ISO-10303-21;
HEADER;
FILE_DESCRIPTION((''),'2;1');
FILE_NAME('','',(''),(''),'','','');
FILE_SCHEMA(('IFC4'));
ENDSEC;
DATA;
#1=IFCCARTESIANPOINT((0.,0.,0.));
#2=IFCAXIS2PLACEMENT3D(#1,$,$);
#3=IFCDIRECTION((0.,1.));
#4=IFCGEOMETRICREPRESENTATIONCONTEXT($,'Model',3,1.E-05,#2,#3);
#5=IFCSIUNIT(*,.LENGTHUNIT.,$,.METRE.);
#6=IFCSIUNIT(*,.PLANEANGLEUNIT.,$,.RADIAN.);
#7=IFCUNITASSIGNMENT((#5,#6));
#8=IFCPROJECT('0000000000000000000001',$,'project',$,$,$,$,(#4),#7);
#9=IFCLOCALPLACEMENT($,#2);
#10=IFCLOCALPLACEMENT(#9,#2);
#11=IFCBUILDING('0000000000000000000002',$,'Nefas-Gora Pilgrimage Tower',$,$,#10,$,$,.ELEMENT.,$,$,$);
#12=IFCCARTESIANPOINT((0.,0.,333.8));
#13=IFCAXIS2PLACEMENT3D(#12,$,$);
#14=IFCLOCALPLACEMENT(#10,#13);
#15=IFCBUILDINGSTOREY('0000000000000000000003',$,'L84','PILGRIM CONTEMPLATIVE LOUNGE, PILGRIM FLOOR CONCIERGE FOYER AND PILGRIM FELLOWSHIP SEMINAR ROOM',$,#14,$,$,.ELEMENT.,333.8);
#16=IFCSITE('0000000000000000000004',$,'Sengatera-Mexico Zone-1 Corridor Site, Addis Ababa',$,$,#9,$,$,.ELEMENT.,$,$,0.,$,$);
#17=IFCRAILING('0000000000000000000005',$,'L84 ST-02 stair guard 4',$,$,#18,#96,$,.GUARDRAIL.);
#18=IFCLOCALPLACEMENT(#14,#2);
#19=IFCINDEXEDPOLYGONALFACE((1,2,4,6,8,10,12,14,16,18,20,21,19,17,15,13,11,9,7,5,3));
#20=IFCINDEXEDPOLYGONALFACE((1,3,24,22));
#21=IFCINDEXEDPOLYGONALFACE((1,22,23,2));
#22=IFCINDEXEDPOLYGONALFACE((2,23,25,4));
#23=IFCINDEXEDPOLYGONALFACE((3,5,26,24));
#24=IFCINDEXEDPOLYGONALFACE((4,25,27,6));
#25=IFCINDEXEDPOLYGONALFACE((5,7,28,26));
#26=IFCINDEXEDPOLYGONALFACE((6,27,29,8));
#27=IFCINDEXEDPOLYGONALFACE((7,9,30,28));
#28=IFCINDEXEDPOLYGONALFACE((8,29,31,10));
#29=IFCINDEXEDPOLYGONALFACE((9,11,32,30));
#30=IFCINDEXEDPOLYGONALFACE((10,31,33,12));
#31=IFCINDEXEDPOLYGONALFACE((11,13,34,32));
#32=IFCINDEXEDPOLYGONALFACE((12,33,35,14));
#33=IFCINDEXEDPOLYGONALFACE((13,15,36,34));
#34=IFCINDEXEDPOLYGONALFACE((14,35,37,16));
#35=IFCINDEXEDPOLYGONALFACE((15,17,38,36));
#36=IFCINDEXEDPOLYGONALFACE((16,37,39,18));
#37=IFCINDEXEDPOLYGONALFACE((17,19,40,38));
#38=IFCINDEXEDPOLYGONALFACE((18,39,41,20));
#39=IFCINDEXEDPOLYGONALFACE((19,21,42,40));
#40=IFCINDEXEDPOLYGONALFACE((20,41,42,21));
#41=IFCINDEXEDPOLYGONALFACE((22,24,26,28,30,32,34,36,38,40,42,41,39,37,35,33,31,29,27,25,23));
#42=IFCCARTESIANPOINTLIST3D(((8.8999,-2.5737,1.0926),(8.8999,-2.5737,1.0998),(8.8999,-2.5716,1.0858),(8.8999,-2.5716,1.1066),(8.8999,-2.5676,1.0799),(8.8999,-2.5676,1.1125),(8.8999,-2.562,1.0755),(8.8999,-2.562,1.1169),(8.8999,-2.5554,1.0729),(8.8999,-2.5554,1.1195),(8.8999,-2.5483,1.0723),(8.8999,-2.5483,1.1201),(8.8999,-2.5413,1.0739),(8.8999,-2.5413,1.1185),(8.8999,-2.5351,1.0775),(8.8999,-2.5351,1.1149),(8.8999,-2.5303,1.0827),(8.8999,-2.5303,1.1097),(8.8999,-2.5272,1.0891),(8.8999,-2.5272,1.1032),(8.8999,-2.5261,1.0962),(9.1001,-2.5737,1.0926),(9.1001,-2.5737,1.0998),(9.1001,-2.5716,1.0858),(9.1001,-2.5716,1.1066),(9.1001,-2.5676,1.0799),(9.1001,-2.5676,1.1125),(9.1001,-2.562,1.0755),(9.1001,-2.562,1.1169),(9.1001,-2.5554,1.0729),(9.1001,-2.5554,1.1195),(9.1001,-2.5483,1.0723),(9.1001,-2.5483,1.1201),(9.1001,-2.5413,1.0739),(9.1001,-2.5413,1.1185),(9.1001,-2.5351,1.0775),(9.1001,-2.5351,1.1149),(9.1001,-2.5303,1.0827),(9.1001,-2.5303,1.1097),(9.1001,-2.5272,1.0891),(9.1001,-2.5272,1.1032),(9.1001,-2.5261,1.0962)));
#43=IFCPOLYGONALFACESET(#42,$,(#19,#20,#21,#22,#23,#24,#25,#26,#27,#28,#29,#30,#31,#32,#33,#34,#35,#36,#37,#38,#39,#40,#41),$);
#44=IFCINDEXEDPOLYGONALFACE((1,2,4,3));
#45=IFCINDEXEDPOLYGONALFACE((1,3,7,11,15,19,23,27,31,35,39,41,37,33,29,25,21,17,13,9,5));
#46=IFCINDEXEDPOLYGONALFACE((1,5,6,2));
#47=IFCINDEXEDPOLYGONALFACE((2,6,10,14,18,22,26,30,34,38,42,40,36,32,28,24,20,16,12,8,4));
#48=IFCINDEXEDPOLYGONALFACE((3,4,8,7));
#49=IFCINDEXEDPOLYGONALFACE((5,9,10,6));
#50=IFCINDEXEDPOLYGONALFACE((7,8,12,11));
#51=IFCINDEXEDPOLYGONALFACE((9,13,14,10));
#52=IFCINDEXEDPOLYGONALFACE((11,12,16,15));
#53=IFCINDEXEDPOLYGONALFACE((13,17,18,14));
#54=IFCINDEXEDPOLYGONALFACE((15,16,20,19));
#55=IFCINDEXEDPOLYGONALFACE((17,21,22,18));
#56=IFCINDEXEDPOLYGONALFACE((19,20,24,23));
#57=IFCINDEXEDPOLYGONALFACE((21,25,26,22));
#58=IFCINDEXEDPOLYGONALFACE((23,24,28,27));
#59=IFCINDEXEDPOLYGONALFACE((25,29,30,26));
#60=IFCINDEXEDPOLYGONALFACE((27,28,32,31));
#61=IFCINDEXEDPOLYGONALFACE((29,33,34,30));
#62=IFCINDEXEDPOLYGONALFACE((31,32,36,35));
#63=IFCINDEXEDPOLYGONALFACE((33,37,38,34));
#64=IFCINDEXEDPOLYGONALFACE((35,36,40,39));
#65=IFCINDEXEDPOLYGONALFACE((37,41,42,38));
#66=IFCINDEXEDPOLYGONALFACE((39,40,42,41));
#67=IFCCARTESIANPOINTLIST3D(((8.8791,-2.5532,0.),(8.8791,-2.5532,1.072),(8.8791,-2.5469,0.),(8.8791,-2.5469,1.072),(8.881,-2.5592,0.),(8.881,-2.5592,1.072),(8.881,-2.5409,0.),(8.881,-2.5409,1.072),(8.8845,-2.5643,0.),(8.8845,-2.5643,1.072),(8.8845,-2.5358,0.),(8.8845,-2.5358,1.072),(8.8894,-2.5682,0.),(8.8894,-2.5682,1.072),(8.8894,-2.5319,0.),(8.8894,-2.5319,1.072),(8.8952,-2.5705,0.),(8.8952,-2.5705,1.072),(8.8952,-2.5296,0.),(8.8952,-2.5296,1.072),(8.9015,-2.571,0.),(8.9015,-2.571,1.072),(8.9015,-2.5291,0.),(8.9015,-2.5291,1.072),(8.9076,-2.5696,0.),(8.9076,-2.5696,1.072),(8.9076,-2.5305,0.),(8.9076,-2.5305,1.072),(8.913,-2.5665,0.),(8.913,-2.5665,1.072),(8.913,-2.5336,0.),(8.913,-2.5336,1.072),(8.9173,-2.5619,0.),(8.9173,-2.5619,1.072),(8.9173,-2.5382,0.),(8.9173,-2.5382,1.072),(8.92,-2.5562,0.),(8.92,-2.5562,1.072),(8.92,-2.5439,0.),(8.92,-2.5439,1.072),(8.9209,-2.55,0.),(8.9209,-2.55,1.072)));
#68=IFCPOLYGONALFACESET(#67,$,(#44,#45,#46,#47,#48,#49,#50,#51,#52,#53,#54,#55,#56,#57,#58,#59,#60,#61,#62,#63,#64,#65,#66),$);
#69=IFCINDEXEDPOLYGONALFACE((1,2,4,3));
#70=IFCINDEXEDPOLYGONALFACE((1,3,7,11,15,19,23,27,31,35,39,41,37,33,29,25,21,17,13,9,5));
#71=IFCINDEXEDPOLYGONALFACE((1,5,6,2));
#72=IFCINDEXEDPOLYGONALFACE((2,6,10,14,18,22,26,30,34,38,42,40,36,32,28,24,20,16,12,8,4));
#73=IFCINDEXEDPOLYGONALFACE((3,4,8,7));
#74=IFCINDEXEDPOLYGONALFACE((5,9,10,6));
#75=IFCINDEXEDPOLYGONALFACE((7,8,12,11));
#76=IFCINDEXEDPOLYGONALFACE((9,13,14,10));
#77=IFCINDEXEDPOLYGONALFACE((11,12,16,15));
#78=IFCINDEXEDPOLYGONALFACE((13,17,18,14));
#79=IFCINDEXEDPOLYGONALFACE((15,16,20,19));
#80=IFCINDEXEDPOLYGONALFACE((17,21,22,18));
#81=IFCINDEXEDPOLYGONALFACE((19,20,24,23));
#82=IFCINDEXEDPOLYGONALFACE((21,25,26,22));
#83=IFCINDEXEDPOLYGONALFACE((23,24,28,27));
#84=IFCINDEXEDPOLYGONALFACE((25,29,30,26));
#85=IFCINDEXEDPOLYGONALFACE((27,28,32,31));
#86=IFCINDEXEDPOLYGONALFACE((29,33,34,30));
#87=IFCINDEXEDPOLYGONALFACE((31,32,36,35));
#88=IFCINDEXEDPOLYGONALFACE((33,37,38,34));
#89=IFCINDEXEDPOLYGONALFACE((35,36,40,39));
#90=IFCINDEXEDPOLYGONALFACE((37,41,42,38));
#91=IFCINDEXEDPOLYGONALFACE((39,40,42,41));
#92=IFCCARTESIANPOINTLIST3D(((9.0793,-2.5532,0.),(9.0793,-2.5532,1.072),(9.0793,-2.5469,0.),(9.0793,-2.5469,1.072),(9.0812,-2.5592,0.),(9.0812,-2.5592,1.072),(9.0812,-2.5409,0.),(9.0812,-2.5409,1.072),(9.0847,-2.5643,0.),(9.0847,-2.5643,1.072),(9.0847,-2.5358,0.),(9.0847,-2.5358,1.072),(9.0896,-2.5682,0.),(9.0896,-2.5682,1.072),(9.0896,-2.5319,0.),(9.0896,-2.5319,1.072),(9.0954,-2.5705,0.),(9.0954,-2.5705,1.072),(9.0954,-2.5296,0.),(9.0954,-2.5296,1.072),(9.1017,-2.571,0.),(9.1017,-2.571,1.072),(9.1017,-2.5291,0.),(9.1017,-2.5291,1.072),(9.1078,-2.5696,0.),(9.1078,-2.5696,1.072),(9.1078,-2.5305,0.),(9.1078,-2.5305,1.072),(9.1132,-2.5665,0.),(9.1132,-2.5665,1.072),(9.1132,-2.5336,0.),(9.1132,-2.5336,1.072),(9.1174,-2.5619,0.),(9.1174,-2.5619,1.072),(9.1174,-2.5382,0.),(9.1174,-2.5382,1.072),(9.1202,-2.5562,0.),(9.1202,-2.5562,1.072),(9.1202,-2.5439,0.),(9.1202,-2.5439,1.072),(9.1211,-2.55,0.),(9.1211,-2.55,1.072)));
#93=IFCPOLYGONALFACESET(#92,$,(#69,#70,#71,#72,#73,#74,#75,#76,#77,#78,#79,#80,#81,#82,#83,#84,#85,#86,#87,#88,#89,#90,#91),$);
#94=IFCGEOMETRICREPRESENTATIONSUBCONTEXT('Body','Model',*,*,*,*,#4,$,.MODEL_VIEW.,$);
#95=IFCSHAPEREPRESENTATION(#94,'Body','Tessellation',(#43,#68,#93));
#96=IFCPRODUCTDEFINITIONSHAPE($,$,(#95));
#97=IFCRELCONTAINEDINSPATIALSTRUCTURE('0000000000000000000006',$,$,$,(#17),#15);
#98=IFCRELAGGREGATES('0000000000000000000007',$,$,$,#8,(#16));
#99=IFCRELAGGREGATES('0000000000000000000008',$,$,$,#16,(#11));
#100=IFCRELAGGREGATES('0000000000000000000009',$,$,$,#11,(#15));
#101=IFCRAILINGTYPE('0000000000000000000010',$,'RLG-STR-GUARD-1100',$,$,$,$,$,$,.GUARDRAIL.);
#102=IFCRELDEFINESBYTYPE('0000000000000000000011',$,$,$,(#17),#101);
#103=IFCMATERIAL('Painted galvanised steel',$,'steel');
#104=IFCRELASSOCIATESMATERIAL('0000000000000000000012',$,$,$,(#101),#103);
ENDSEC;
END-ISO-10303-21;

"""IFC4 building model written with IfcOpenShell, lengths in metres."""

from ifc_helpers import new_model, si_unit, direction, frame, origin, origin_2d, place, context, subcontext, project, spatial, circle, extrude, material, type_object, element, save


model = new_model("IFC4")

# Units and contexts
model_context = context("Model", 3, precision=1e-05, world=origin(), true_north=direction((0.0, 1.0)))
body_context = subcontext(model_context, "Body", "Model", "MODEL_VIEW")
ifc_project = project(units=[si_unit("LENGTHUNIT", "METRE"), si_unit("PLANEANGLEUNIT", "RADIAN")], contexts=[model_context])

# Site, building, storey
site_placement = place(None, origin())
site = spatial("IfcSite", under=ifc_project, at=site_placement, Name="Sengatera-Mexico Zone-1 Corridor Site, Addis Ababa", CompositionType="ELEMENT", RefElevation=0.0)
building_placement = place(site_placement, origin())
building = spatial("IfcBuilding", under=site, at=building_placement, Name="Nefas-Gora Pilgrimage Tower", CompositionType="ELEMENT")
storey_placement = place(building_placement, frame((0.0, 0.0, 333.8)))
storey = spatial("IfcBuildingStorey", under=building, at=storey_placement, Name="L84", Description="PILGRIM CONTEMPLATIVE LOUNGE, PILGRIM FLOOR CONCIERGE FOYER AND PILGRIM FELLOWSHIP SEMINAR ROOM", CompositionType="ELEMENT", Elevation=333.8)

# Railing
ifc_material_1 = material(Name="Painted galvanised steel", Category="steel")
railing_type_1 = type_object("IfcRailingType", Name="RLG-STR-GUARD-1100", PredefinedType="GUARDRAIL", material=ifc_material_1)
railing_1_placement = place(storey_placement, frame((8.8999, -2.55, 0.0)))
element("IfcRailing", 1, at=railing_1_placement, inside=storey, type_object=railing_type_1, Name="L84 ST-02 stair guard 4", PredefinedType="GUARDRAIL", context=body_context, shape_type="SweptSolid", body=[
    extrude(circle(Radius=0.0239, at=origin_2d()), frame((0.0, 0.0, 1.0962), z_axis=(1.0, 0.0, 0.0), x_axis=(0.0, 1.0, 0.0)), (0.0, 0.0, 1.0), 0.2002),
    extrude(circle(Radius=0.021, at=origin_2d()), origin(), (0.0, 0.0, 1.0), 1.072),
    extrude(circle(Radius=0.021, at=origin_2d()), frame((0.2002, 0.0, 0.0)), (0.0, 0.0, 1.0), 1.072),
])

save(model, "model.ifc")
